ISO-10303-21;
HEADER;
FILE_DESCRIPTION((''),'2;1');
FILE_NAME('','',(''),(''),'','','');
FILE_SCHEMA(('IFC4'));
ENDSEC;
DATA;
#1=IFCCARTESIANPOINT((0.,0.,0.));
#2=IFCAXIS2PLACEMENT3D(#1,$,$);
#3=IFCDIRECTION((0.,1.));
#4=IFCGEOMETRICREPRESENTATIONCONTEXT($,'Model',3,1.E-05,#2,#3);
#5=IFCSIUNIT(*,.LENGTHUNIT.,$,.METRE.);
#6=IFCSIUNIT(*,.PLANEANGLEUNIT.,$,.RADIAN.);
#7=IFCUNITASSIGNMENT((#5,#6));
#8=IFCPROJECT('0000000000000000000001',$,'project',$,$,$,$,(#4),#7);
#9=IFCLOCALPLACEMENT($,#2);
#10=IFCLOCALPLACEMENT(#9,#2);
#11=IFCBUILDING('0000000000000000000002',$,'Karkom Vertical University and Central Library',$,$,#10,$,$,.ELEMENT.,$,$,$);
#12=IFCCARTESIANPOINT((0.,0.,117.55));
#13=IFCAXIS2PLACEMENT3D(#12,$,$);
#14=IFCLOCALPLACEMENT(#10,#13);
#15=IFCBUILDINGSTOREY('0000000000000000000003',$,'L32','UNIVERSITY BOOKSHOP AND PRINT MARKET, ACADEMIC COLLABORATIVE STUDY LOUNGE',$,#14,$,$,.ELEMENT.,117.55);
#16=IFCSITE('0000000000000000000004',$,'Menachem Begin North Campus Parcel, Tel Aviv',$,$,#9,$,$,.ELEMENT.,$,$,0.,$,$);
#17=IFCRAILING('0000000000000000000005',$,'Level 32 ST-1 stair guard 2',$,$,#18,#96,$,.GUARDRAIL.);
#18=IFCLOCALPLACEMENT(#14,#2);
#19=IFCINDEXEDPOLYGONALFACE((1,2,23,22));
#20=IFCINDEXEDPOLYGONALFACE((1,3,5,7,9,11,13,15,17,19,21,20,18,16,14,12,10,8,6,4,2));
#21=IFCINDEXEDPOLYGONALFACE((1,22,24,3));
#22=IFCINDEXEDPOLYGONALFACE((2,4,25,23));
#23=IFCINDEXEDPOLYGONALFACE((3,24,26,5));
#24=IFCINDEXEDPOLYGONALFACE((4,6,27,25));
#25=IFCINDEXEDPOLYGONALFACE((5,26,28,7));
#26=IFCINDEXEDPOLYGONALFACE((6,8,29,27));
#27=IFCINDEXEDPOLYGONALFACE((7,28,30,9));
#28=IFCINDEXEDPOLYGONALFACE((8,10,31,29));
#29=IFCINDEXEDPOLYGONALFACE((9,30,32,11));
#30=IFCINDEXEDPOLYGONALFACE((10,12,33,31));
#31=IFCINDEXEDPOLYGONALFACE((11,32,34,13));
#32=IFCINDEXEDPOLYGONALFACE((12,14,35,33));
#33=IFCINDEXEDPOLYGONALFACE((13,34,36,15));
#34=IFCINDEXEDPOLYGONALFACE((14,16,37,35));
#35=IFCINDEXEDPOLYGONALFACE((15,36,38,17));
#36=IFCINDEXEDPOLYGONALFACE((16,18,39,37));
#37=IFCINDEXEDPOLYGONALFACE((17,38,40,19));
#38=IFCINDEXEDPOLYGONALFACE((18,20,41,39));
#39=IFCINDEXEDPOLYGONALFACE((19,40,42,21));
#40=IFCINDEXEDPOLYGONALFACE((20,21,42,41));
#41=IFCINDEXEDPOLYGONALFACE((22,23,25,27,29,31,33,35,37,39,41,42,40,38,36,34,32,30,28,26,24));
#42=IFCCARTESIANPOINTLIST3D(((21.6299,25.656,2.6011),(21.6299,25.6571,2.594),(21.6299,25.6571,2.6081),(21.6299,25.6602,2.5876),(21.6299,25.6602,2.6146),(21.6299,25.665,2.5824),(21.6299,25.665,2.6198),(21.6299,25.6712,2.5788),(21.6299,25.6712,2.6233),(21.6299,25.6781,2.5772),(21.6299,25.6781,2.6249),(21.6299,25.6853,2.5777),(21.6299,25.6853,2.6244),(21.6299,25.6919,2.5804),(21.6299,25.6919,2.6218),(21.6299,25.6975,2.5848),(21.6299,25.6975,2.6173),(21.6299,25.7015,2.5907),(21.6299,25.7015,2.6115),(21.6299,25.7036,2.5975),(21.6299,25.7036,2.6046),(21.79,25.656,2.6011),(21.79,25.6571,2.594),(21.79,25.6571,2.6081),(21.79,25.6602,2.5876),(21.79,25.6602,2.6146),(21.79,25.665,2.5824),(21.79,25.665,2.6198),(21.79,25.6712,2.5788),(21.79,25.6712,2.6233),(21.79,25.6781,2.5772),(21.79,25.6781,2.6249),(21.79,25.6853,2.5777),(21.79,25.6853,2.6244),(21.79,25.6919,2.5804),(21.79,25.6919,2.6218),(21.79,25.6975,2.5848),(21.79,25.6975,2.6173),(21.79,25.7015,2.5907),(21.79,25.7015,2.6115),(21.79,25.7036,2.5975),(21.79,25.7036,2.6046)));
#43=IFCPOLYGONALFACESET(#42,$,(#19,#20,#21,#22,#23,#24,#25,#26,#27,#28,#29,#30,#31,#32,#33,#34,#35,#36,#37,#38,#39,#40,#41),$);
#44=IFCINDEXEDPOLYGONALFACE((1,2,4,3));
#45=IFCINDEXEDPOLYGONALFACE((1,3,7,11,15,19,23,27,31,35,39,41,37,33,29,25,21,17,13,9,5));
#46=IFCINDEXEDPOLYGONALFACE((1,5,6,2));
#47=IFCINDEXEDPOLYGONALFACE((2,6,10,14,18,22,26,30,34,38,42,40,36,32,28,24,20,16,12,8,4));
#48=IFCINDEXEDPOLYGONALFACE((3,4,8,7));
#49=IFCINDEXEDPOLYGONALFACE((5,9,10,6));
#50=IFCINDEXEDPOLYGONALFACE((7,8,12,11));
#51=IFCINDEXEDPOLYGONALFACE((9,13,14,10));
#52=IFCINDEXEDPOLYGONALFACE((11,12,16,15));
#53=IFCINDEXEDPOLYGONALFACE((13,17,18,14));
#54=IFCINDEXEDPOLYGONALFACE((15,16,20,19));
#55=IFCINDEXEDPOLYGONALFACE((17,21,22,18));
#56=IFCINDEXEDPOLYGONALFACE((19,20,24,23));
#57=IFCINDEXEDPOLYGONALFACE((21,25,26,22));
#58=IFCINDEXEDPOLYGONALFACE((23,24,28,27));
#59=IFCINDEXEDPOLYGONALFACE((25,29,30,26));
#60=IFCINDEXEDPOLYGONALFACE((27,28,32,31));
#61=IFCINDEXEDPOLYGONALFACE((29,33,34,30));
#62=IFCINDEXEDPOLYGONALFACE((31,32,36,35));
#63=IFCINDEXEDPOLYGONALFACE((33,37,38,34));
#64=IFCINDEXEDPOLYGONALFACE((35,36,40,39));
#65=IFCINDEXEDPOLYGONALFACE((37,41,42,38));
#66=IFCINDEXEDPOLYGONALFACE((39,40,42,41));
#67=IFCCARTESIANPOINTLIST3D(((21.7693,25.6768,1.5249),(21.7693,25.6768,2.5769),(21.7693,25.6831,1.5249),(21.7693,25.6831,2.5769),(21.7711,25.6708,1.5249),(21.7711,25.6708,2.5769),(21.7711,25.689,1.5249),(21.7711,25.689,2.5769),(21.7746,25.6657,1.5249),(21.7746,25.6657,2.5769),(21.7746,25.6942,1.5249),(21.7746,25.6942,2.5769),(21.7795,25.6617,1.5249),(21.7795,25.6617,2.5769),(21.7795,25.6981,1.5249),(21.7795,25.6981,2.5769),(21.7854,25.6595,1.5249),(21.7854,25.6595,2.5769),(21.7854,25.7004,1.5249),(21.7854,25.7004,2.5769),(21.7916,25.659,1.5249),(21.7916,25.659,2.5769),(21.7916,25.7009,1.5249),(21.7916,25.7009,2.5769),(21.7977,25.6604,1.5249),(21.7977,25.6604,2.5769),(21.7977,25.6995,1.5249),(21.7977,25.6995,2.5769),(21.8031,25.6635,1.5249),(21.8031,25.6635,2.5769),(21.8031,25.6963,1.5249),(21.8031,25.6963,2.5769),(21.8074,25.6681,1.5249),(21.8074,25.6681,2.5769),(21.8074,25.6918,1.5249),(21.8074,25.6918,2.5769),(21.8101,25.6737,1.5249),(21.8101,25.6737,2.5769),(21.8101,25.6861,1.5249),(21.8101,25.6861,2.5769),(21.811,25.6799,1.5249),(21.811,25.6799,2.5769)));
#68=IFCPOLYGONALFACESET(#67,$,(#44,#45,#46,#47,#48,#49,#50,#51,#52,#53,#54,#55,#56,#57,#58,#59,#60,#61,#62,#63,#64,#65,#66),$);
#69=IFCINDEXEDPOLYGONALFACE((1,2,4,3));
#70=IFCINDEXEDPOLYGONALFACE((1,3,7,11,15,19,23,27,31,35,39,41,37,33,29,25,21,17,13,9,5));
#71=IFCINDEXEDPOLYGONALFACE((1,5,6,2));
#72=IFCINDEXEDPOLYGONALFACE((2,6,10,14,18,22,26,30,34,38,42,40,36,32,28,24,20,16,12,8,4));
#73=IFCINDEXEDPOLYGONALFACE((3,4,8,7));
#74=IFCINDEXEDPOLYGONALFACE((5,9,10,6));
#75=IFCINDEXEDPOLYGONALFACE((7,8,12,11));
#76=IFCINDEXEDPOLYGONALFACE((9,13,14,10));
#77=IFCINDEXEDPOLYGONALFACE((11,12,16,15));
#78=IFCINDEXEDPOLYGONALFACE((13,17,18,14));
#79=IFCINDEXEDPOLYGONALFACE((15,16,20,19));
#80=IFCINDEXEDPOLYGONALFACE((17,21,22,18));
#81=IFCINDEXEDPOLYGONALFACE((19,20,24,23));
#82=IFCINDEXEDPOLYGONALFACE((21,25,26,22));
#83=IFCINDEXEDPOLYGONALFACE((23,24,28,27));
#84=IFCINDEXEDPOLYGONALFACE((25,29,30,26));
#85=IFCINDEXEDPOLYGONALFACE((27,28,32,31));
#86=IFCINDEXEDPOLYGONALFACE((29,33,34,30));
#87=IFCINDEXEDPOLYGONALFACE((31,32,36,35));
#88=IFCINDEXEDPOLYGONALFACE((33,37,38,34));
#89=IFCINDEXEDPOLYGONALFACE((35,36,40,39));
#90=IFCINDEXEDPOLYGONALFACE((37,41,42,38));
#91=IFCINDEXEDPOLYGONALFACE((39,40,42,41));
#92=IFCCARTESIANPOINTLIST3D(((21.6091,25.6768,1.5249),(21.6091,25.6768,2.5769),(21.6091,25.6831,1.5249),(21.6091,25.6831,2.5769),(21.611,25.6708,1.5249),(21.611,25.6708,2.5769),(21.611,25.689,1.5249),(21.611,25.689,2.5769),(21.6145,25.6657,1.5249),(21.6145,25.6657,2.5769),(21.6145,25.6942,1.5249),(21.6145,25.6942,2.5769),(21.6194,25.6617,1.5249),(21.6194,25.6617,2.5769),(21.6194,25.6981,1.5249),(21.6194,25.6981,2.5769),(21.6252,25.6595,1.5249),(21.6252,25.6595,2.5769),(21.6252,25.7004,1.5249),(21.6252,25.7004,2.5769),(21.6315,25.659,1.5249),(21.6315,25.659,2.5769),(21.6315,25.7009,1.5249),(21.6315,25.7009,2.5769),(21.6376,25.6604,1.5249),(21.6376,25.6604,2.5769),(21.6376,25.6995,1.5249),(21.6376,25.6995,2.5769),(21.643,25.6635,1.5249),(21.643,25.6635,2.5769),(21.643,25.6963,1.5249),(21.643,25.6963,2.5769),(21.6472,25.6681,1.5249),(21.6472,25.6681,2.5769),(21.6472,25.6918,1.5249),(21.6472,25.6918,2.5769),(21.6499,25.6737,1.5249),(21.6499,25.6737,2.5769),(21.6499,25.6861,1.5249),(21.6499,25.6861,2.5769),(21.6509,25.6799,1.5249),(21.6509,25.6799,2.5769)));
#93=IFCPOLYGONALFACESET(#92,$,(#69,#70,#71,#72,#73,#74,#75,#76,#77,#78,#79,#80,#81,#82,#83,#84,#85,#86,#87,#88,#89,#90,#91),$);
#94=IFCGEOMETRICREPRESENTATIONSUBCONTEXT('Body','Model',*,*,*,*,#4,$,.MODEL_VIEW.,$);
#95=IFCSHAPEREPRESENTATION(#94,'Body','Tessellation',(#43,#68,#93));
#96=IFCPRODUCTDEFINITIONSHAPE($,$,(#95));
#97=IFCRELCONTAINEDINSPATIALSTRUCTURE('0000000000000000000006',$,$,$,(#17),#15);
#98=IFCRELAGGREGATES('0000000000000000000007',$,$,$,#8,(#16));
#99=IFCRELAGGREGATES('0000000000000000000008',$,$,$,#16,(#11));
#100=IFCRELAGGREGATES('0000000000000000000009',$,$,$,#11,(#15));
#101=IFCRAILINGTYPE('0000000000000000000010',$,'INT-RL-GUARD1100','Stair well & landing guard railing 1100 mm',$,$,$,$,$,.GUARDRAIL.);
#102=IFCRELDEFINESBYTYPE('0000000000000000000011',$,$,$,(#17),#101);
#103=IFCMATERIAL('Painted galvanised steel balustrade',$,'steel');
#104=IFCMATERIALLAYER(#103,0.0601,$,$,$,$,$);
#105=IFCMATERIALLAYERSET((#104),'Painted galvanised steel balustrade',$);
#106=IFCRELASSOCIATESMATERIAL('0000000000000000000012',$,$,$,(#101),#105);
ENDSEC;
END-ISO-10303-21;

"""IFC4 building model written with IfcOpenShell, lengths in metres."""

from ifc_helpers import new_model, si_unit, direction, frame, origin, origin_2d, place, context, subcontext, project, spatial, circle, extrude, material, layer, layer_set, type_object, element, save


model = new_model("IFC4")

# Units and contexts
model_context = context("Model", 3, precision=1e-05, world=origin(), true_north=direction((0.0, 1.0)))
body_context = subcontext(model_context, "Body", "Model", "MODEL_VIEW")
ifc_project = project(units=[si_unit("LENGTHUNIT", "METRE"), si_unit("PLANEANGLEUNIT", "RADIAN")], contexts=[model_context])

# Site, building, storey
site_placement = place(None, origin())
site = spatial("IfcSite", under=ifc_project, at=site_placement, Name="Menachem Begin North Campus Parcel, Tel Aviv", CompositionType="ELEMENT", RefElevation=0.0)
building_placement = place(site_placement, origin())
building = spatial("IfcBuilding", under=site, at=building_placement, Name="Karkom Vertical University and Central Library", CompositionType="ELEMENT")
storey_placement = place(building_placement, frame((0.0, 0.0, 117.55)))
storey = spatial("IfcBuildingStorey", under=building, at=storey_placement, Name="L32", Description="UNIVERSITY BOOKSHOP AND PRINT MARKET, ACADEMIC COLLABORATIVE STUDY LOUNGE", CompositionType="ELEMENT", Elevation=117.55)

# Railing
ifc_material_1 = material(Name="Painted galvanised steel balustrade", Category="steel")
ifc_layer_1 = layer(ifc_material_1, 0.0601)
ifc_layer_set_1 = layer_set([ifc_layer_1], Name="Painted galvanised steel balustrade")
railing_type_1 = type_object("IfcRailingType", Name="INT-RL-GUARD1100", Description="Stair well & landing guard railing 1100 mm", PredefinedType="GUARDRAIL", material=ifc_layer_set_1)
railing_1_placement = place(storey_placement, frame((21.79, 25.6799, 1.5249)))
element("IfcRailing", 1, at=railing_1_placement, inside=storey, type_object=railing_type_1, Name="Level 32 ST-1 stair guard 2", PredefinedType="GUARDRAIL", context=body_context, shape_type="SweptSolid", body=[
    extrude(circle(Radius=0.0239, at=origin_2d()), frame((0.0, 0.0, 1.0762), z_axis=(-1.0, 0.0, 0.0), x_axis=(0.0, -1.0, 0.0)), (0.0, 0.0, 1.0), 0.1602),
    extrude(circle(Radius=0.021, at=origin_2d()), origin(), (0.0, 0.0, 1.0), 1.052),
    extrude(circle(Radius=0.021, at=origin_2d()), frame((-0.1602, 0.0, 0.0)), (0.0, 0.0, 1.0), 1.052),
])

save(model, "model.ifc")
